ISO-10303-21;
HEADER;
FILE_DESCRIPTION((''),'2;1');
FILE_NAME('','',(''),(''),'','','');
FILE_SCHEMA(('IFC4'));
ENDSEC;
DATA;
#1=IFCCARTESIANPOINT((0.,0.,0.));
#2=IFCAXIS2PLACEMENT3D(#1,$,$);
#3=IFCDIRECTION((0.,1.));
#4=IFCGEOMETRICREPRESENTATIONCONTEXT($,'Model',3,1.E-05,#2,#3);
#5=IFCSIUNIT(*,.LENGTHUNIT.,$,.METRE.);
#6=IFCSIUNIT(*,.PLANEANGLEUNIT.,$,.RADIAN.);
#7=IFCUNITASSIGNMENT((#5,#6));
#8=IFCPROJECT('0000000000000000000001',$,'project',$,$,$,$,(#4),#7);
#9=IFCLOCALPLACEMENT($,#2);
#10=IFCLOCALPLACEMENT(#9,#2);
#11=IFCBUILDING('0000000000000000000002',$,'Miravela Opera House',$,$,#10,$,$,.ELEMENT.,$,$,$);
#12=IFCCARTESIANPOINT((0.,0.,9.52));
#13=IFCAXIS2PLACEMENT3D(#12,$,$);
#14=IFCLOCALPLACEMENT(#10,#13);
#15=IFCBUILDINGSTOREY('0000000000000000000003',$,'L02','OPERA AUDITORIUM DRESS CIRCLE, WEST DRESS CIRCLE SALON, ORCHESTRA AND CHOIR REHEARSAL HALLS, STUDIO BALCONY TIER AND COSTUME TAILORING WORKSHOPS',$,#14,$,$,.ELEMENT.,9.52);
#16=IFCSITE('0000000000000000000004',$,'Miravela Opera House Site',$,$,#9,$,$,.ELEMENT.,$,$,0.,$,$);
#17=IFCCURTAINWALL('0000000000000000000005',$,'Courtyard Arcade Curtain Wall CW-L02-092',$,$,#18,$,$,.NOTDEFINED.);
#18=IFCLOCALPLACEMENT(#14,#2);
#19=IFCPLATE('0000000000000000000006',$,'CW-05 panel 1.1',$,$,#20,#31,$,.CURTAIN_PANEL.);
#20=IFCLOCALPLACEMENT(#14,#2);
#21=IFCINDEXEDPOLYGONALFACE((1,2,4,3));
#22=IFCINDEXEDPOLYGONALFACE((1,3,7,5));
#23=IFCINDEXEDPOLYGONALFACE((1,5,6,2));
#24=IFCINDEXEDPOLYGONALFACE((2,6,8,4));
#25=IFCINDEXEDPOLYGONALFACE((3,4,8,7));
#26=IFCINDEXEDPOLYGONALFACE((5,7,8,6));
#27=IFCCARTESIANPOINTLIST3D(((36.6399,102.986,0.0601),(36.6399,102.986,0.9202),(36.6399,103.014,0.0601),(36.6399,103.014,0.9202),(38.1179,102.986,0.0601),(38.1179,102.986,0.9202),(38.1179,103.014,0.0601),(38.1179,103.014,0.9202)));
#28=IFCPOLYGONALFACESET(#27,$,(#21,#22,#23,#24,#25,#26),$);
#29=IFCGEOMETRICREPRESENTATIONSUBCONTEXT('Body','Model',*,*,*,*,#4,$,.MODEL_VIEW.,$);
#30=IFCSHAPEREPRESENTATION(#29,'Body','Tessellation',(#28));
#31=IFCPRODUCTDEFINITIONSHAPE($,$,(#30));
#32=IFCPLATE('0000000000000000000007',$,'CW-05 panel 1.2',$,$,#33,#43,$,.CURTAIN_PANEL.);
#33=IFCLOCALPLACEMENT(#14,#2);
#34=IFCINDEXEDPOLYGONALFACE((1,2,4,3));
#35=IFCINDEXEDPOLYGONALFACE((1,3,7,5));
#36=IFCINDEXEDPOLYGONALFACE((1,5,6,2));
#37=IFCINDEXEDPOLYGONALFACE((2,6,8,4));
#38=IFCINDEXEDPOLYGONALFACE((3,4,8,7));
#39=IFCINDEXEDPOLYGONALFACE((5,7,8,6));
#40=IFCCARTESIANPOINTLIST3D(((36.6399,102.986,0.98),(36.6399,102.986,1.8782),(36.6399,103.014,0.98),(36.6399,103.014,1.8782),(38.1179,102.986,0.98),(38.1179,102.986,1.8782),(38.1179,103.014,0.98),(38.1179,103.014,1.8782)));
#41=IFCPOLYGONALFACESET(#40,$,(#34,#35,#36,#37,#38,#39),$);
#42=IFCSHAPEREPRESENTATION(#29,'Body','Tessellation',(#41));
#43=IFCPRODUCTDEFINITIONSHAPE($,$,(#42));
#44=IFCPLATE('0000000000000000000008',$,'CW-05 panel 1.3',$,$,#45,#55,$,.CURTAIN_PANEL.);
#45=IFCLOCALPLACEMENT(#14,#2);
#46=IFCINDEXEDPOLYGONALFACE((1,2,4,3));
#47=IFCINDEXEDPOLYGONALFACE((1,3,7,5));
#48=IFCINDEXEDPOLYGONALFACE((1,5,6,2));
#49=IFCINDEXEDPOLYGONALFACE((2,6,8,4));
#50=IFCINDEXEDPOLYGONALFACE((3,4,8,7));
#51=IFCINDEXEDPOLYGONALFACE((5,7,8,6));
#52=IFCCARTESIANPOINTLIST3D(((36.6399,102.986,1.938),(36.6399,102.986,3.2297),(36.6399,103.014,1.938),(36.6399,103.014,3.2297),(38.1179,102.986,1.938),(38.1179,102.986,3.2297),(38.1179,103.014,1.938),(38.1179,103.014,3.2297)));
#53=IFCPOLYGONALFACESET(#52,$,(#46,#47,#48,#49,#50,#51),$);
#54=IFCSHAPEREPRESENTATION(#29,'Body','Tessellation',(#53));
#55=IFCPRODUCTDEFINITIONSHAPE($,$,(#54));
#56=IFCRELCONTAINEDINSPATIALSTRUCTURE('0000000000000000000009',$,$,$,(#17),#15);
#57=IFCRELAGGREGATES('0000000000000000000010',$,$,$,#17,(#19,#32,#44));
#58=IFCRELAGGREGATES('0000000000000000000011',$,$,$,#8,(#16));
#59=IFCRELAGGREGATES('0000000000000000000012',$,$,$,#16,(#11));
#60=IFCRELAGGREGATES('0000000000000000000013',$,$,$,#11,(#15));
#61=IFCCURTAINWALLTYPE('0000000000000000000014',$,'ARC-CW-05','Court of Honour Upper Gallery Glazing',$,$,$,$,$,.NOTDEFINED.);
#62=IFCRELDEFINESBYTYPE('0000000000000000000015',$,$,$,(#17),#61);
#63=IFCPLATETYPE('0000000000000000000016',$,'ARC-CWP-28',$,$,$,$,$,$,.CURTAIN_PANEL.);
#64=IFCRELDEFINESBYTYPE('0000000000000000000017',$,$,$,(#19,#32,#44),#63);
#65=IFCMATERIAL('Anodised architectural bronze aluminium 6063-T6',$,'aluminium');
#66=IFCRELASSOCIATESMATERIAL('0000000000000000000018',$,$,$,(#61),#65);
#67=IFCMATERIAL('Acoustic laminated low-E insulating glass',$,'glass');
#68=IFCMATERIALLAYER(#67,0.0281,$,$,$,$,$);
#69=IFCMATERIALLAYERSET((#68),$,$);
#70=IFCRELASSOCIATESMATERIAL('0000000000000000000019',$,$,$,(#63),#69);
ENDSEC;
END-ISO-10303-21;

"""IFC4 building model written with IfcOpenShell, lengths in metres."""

from ifc_helpers import new_model, si_unit, direction, frame, origin, origin_2d, place, context, subcontext, project, spatial, rectangle, extrude, material, layer, layer_set, type_object, element, aggregate, save


model = new_model("IFC4")

# Units and contexts
model_context = context("Model", 3, precision=1e-05, world=origin(), true_north=direction((0.0, 1.0)))
body_context = subcontext(model_context, "Body", "Model", "MODEL_VIEW")
ifc_project = project(units=[si_unit("LENGTHUNIT", "METRE"), si_unit("PLANEANGLEUNIT", "RADIAN")], contexts=[model_context])

# Site, building, storey
site_placement = place(None, origin())
site = spatial("IfcSite", under=ifc_project, at=site_placement, Name="Miravela Opera House Site", CompositionType="ELEMENT", RefElevation=0.0)
building_placement = place(site_placement, origin())
building = spatial("IfcBuilding", under=site, at=building_placement, Name="Miravela Opera House", CompositionType="ELEMENT")
storey_placement = place(building_placement, frame((0.0, 0.0, 9.52)))
storey = spatial("IfcBuildingStorey", under=building, at=storey_placement, Name="L02", Description="OPERA AUDITORIUM DRESS CIRCLE, WEST DRESS CIRCLE SALON, ORCHESTRA AND CHOIR REHEARSAL HALLS, STUDIO BALCONY TIER AND COSTUME TAILORING WORKSHOPS", CompositionType="ELEMENT", Elevation=9.52)

# Curtain wall
ifc_material_1 = material(Name="Anodised architectural bronze aluminium 6063-T6", Category="aluminium")
curtain_wall_type = type_object("IfcCurtainWallType", Name="ARC-CW-05", Description="Court of Honour Upper Gallery Glazing", PredefinedType="NOTDEFINED", material=ifc_material_1)
curtain_wall_1_placement = place(storey_placement, origin())
curtain_wall_1 = element("IfcCurtainWall", 1, at=curtain_wall_1_placement, inside=storey, type_object=curtain_wall_type, Name="Courtyard Arcade Curtain Wall CW-L02-092", PredefinedType="NOTDEFINED")

# Plates
ifc_material_2 = material(Name="Acoustic laminated low-E insulating glass", Category="glass")
ifc_layer = layer(ifc_material_2, 0.0281)
ifc_layer_set = layer_set([ifc_layer])
plate_type = type_object("IfcPlateType", Name="ARC-CWP-28", PredefinedType="CURTAIN_PANEL", material=ifc_layer_set)
plate_1_placement = place(storey_placement, frame((37.3789, 103.0, 0.0601), z_axis=(0.0, 0.0, 1.0), x_axis=(1.0, 0.0, 0.0)))
plate_1 = element("IfcPlate", 2, at=plate_1_placement, type_object=plate_type, Name="CW-05 panel 1.1", PredefinedType="CURTAIN_PANEL", context=body_context, shape_type="SweptSolid", body=[
    extrude(rectangle(XDim=1.478, YDim=0.0281, at=origin_2d()), origin(), (0.0, 0.0, 1.0), 0.8601),
])
plate_2_placement = place(storey_placement, frame((37.3789, 103.0, 0.98), z_axis=(0.0, 0.0, 1.0), x_axis=(1.0, 0.0, 0.0)))
plate_2 = element("IfcPlate", 3, at=plate_2_placement, type_object=plate_type, Name="CW-05 panel 1.2", PredefinedType="CURTAIN_PANEL", context=body_context, shape_type="SweptSolid", body=[
    extrude(rectangle(XDim=1.478, YDim=0.0281, at=origin_2d()), origin(), (0.0, 0.0, 1.0), 0.8982),
])
plate_3_placement = place(storey_placement, frame((37.3789, 103.0, 1.938), z_axis=(0.0, 0.0, 1.0), x_axis=(1.0, 0.0, 0.0)))
plate_3 = element("IfcPlate", 4, at=plate_3_placement, type_object=plate_type, Name="CW-05 panel 1.3", PredefinedType="CURTAIN_PANEL", context=body_context, shape_type="SweptSolid", body=[
    extrude(rectangle(XDim=1.478, YDim=0.0281, at=origin_2d()), origin(), (0.0, 0.0, 1.0), 1.2917),
])
aggregate(curtain_wall_1, [plate_1, plate_2, plate_3])

save(model, "model.ifc")
